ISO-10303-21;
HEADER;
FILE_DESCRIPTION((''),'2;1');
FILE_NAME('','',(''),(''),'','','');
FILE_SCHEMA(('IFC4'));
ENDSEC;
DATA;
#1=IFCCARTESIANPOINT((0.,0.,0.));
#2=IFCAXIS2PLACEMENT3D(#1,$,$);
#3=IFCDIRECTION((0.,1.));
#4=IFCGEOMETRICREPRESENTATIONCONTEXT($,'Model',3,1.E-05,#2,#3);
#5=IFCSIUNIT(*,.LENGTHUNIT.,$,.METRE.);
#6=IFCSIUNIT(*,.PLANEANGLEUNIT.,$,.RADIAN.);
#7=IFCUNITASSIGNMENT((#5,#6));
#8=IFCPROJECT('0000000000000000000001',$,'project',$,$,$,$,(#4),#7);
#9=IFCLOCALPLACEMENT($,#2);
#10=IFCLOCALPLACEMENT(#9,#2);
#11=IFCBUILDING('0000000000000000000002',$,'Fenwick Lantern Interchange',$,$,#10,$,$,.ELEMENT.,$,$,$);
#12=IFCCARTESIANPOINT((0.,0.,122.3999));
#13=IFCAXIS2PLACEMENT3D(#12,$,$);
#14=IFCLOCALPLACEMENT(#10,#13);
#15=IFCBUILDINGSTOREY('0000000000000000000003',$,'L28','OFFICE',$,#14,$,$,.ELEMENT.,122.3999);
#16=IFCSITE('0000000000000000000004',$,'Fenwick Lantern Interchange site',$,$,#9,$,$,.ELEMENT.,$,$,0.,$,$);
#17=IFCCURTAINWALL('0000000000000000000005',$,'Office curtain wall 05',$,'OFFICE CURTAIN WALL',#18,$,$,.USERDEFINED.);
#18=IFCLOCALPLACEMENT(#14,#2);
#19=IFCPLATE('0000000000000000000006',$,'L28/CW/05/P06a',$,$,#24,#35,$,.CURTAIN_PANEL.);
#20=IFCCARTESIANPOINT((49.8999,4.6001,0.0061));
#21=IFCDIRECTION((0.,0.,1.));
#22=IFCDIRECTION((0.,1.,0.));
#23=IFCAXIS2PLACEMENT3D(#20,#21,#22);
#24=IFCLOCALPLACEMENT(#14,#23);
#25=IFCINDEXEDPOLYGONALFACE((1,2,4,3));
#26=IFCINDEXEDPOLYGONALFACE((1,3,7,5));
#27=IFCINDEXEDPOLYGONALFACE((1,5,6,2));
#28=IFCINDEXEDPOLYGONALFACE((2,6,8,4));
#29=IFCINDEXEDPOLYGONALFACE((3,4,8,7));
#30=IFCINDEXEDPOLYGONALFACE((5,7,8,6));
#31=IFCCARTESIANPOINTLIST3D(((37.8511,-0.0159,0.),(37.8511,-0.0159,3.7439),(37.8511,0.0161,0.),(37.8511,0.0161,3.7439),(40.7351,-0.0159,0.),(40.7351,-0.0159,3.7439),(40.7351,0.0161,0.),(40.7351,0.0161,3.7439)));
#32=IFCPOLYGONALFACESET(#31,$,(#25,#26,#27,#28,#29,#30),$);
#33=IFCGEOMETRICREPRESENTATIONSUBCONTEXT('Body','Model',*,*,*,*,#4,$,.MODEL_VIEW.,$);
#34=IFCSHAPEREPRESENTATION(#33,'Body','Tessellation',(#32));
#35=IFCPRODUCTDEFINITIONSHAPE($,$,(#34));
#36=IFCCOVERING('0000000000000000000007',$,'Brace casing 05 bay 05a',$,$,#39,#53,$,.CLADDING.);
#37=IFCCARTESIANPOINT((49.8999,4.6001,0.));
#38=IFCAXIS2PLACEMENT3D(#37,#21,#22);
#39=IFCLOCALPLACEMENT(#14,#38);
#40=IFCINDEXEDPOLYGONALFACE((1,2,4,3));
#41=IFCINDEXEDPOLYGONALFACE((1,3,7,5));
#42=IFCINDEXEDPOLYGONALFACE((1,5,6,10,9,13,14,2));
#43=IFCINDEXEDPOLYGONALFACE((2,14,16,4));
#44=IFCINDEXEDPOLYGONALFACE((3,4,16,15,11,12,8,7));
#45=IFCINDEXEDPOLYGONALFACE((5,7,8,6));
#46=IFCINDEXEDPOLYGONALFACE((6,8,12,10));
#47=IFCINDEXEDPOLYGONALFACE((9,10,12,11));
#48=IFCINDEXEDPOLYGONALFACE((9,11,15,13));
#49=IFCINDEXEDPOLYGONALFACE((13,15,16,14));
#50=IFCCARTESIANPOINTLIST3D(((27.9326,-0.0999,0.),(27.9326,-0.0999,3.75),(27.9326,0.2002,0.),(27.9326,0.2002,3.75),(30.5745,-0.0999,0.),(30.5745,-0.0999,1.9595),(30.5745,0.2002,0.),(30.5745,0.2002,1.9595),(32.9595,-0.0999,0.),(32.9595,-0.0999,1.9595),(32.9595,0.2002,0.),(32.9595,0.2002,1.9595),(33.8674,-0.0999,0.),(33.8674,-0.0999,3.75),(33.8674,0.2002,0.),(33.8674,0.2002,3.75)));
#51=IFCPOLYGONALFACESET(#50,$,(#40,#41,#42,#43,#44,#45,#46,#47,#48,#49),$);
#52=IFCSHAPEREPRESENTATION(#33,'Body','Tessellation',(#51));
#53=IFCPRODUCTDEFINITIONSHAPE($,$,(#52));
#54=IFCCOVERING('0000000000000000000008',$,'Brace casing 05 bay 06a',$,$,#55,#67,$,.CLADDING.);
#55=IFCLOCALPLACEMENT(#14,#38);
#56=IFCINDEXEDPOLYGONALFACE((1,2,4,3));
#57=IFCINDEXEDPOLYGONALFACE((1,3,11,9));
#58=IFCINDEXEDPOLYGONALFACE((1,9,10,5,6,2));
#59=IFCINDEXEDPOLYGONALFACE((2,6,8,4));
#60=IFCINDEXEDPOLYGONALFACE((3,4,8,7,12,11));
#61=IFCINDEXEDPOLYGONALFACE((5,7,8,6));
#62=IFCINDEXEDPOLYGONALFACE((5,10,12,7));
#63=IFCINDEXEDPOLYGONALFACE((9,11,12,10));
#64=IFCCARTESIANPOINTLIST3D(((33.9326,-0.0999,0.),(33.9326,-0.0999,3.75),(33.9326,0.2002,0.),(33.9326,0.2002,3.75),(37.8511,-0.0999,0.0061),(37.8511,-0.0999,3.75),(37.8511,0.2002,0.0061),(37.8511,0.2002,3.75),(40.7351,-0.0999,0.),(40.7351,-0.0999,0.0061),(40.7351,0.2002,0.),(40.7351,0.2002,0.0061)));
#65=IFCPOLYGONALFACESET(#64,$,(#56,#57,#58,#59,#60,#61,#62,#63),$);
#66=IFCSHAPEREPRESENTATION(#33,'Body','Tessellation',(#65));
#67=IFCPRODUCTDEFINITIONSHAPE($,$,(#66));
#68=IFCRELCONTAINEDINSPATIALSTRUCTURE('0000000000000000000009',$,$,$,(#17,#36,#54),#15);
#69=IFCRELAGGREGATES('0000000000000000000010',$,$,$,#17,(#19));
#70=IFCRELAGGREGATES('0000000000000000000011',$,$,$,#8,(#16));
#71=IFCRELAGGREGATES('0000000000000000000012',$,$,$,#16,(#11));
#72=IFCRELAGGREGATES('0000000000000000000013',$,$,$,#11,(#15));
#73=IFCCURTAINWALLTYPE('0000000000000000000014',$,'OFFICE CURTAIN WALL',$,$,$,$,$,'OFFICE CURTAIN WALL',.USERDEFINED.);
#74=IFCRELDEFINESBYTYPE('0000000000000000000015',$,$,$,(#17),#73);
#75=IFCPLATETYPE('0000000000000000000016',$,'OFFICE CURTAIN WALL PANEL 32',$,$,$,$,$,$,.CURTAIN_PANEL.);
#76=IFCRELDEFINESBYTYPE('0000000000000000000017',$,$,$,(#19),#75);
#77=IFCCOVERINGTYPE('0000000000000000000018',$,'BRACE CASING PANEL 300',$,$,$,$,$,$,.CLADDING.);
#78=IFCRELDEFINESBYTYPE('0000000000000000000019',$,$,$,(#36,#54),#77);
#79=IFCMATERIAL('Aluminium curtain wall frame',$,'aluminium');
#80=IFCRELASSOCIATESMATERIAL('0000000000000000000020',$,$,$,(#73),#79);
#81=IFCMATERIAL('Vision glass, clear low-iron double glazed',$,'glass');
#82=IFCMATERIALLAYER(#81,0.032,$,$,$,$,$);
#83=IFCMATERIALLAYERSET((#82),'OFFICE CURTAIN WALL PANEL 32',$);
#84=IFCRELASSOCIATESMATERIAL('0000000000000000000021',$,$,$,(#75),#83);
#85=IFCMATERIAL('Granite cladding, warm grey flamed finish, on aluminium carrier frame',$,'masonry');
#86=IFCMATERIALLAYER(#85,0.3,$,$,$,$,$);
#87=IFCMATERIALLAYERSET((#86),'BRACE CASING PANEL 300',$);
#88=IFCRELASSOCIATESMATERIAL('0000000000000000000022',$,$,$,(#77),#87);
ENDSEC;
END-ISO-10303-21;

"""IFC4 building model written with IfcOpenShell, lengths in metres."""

from ifc_helpers import new_model, si_unit, direction, frame, origin, place, context, subcontext, project, spatial, polyline, outline, extrude, material, layer, layer_set, type_object, element, aggregate, save


model = new_model("IFC4")

# Units and contexts
model_context = context("Model", 3, precision=1e-05, world=origin(), true_north=direction((0.0, 1.0)))
body_context = subcontext(model_context, "Body", "Model", "MODEL_VIEW")
ifc_project = project(units=[si_unit("LENGTHUNIT", "METRE"), si_unit("PLANEANGLEUNIT", "RADIAN")], contexts=[model_context])

# Site, building, storey
site_placement = place(None, origin())
site = spatial("IfcSite", under=ifc_project, at=site_placement, Name="Fenwick Lantern Interchange site", CompositionType="ELEMENT", RefElevation=0.0)
building_placement = place(site_placement, origin())
building = spatial("IfcBuilding", under=site, at=building_placement, Name="Fenwick Lantern Interchange", CompositionType="ELEMENT")
storey_placement = place(building_placement, frame((0.0, 0.0, 122.3999)))
storey = spatial("IfcBuildingStorey", under=building, at=storey_placement, Name="L28", Description="OFFICE", CompositionType="ELEMENT", Elevation=122.3999)

# Curtain wall, plate
ifc_material_1 = material(Name="Aluminium curtain wall frame", Category="aluminium")
curtain_wall_type = type_object("IfcCurtainWallType", Name="OFFICE CURTAIN WALL", ElementType="OFFICE CURTAIN WALL", PredefinedType="USERDEFINED", material=ifc_material_1)
curtain_wall_placement = place(storey_placement, origin())
curtain_wall = element("IfcCurtainWall", 1, at=curtain_wall_placement, inside=storey, type_object=curtain_wall_type, Name="Office curtain wall 05", ObjectType="OFFICE CURTAIN WALL", PredefinedType="USERDEFINED")
ifc_material_2 = material(Name="Vision glass, clear low-iron double glazed", Category="glass")
ifc_layer_1 = layer(ifc_material_2, 0.032)
ifc_layer_set_1 = layer_set([ifc_layer_1], Name="OFFICE CURTAIN WALL PANEL 32")
plate_type = type_object("IfcPlateType", Name="OFFICE CURTAIN WALL PANEL 32", PredefinedType="CURTAIN_PANEL", material=ifc_layer_set_1)
plate_placement = place(storey_placement, frame((49.8999, 4.6001, 0.0061), z_axis=(0.0, 0.0, 1.0), x_axis=(0.0, 1.0, 0.0)))
plate = element("IfcPlate", 2, at=plate_placement, type_object=plate_type, Name="L28/CW/05/P06a", PredefinedType="CURTAIN_PANEL", context=body_context, shape_type="SweptSolid", body=[
    extrude(outline(polyline([(37.8511, 0.0), (40.7351, 0.0), (40.7351, 3.7439), (37.8511, 3.7439), (37.8511, 0.0)])), frame((0.0, 0.0161, 0.0), z_axis=(0.0, -1.0, 0.0), x_axis=(1.0, 0.0, 0.0)), (0.0, 0.0, 1.0), 0.032),
])
aggregate(curtain_wall, [plate])

# Coverings
ifc_material_3 = material(Name="Granite cladding, warm grey flamed finish, on aluminium carrier frame", Category="masonry")
ifc_layer_2 = layer(ifc_material_3, 0.3)
ifc_layer_set_2 = layer_set([ifc_layer_2], Name="BRACE CASING PANEL 300")
covering_type = type_object("IfcCoveringType", Name="BRACE CASING PANEL 300", PredefinedType="CLADDING", material=ifc_layer_set_2)
covering_1_placement = place(storey_placement, frame((49.8999, 4.6001, 0.0), z_axis=(0.0, 0.0, 1.0), x_axis=(0.0, 1.0, 0.0)))
element("IfcCovering", 3, at=covering_1_placement, inside=storey, type_object=covering_type, Name="Brace casing 05 bay 05a", PredefinedType="CLADDING", context=body_context, shape_type="SweptSolid", body=[
    extrude(outline(polyline([(27.9326, 0.0), (30.5745, 0.0), (30.5745, 1.9595), (32.9595, 1.9595), (32.9595, 0.0), (33.8674, 0.0), (33.8674, 3.75), (27.9326, 3.75), (27.9326, 0.0)])), frame((0.0, 0.2002, 0.0), z_axis=(0.0, -1.0, 0.0), x_axis=(1.0, 0.0, 0.0)), (0.0, 0.0, 1.0), 0.3),
])
covering_2_placement = place(storey_placement, frame((49.8999, 4.6001, 0.0), z_axis=(0.0, 0.0, 1.0), x_axis=(0.0, 1.0, 0.0)))
element("IfcCovering", 4, at=covering_2_placement, inside=storey, type_object=covering_type, Name="Brace casing 05 bay 06a", PredefinedType="CLADDING", context=body_context, shape_type="SweptSolid", body=[
    extrude(outline(polyline([(33.9326, 0.0), (40.7351, 0.0), (40.7351, 0.0061), (37.8511, 0.0061), (37.8511, 3.75), (33.9326, 3.75), (33.9326, 0.0)])), frame((0.0, 0.2002, 0.0), z_axis=(0.0, -1.0, 0.0), x_axis=(1.0, 0.0, 0.0)), (0.0, 0.0, 1.0), 0.3),
])

save(model, "model.ifc")
